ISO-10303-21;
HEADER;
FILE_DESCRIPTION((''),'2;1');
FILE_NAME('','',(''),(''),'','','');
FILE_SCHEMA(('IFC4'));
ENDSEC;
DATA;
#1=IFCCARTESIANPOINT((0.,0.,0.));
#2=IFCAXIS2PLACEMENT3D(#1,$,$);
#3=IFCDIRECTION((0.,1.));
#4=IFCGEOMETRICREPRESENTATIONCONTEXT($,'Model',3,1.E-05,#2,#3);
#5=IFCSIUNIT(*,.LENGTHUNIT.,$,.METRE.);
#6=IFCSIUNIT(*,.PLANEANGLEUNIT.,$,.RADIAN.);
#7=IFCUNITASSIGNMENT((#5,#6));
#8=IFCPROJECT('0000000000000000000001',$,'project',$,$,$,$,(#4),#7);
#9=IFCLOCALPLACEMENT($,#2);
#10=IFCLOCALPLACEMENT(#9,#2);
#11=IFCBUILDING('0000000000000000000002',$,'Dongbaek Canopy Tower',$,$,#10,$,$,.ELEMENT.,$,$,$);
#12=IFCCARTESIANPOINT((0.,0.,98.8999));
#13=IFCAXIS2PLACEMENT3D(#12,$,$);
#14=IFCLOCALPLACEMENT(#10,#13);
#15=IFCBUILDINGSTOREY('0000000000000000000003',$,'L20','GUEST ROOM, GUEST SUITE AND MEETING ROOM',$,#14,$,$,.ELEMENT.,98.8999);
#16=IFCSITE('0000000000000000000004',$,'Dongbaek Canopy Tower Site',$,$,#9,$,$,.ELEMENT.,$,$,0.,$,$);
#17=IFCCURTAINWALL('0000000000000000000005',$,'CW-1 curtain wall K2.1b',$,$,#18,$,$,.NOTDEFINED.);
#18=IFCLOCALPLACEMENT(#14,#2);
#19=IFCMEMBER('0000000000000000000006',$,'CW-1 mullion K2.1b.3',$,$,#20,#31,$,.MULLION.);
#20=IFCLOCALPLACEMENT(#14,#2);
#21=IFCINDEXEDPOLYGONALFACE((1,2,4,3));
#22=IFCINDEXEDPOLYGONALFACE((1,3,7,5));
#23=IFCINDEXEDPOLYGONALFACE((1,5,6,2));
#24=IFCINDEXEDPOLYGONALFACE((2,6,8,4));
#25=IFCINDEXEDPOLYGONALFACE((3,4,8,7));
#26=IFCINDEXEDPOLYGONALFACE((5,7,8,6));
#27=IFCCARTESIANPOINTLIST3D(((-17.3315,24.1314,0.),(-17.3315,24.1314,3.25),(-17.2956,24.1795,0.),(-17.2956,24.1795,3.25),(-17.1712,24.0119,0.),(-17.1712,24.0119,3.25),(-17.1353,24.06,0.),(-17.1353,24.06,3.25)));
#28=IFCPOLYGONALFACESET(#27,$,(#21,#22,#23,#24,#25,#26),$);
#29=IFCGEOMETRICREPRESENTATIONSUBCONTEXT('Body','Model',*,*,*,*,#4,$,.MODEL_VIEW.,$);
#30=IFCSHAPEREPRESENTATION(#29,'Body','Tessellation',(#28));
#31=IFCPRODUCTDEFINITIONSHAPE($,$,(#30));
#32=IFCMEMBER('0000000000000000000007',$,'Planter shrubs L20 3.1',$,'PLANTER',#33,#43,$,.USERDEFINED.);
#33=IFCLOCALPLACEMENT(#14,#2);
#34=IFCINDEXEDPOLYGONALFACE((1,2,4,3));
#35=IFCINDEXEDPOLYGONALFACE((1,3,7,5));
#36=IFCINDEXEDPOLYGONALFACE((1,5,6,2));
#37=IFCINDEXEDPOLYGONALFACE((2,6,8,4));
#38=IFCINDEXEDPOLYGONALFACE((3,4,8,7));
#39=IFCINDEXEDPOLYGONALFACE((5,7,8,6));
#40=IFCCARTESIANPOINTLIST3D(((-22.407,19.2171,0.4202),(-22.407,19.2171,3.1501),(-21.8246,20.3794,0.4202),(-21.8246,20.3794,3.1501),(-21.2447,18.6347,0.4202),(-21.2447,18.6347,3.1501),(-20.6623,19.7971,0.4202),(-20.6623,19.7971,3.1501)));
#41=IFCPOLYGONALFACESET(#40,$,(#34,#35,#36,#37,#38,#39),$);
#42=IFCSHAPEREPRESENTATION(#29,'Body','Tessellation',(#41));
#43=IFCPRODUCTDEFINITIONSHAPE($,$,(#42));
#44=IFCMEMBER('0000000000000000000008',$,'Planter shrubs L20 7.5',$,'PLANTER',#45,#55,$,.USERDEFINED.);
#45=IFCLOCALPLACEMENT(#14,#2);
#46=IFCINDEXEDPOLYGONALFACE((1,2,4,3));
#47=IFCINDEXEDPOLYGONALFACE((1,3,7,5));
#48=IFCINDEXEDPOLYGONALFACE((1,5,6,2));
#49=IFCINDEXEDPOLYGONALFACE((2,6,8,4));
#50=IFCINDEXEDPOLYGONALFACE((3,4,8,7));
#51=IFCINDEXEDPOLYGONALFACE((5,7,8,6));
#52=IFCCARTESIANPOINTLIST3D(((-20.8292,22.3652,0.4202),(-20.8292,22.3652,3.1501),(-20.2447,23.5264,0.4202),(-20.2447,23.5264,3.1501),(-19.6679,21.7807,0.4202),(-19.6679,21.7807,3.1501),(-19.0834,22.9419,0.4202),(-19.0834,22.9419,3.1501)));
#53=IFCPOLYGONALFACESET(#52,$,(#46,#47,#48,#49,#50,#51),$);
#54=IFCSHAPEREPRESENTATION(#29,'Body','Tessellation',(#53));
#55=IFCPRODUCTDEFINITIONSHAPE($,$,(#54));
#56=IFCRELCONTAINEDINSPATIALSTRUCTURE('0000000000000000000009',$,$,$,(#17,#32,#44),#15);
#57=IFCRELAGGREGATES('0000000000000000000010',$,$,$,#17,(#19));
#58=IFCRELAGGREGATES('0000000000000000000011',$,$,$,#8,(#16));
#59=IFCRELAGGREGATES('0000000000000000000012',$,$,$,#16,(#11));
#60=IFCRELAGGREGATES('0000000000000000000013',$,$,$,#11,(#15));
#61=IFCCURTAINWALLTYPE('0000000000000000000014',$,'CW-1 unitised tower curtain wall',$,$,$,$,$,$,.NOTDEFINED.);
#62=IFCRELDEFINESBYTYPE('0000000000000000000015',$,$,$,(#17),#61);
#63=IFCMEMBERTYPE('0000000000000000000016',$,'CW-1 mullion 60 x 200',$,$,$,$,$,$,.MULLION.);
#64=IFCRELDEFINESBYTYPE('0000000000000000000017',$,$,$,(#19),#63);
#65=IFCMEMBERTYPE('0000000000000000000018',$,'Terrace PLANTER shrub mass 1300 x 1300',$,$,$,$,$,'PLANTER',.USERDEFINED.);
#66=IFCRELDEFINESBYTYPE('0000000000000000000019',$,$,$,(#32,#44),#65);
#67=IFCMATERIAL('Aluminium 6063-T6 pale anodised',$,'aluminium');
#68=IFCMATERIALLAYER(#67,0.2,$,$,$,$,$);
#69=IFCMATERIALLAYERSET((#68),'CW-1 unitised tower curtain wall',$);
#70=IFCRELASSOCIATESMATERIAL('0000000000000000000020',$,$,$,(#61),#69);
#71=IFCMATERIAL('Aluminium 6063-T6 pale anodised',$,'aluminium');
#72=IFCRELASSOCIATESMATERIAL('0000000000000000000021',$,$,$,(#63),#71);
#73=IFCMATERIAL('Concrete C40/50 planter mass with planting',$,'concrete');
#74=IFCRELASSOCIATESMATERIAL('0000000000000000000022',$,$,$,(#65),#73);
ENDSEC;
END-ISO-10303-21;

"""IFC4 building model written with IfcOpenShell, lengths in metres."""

from ifc_helpers import new_model, si_unit, direction, frame, origin, origin_2d, place, context, subcontext, project, spatial, rectangle, extrude, material, layer, layer_set, material_profile, profile_set, type_object, element, aggregate, save


model = new_model("IFC4")

# Units and contexts
model_context = context("Model", 3, precision=1e-05, world=origin(), true_north=direction((0.0, 1.0)))
body_context = subcontext(model_context, "Body", "Model", "MODEL_VIEW")
ifc_project = project(units=[si_unit("LENGTHUNIT", "METRE"), si_unit("PLANEANGLEUNIT", "RADIAN")], contexts=[model_context])

# Site, building, storey
site_placement = place(None, origin())
site = spatial("IfcSite", under=ifc_project, at=site_placement, Name="Dongbaek Canopy Tower Site", CompositionType="ELEMENT", RefElevation=0.0)
building_placement = place(site_placement, origin())
building = spatial("IfcBuilding", under=site, at=building_placement, Name="Dongbaek Canopy Tower", CompositionType="ELEMENT")
storey_placement = place(building_placement, frame((0.0, 0.0, 98.8999)))
storey = spatial("IfcBuildingStorey", under=building, at=storey_placement, Name="L20", Description="GUEST ROOM, GUEST SUITE AND MEETING ROOM", CompositionType="ELEMENT", Elevation=98.8999)

# Curtain wall, member
ifc_material_1 = material(Name="Aluminium 6063-T6 pale anodised", Category="aluminium")
ifc_layer_1 = layer(ifc_material_1, 0.2)
ifc_layer_set_1 = layer_set([ifc_layer_1], Name="CW-1 unitised tower curtain wall")
curtain_wall_type = type_object("IfcCurtainWallType", Name="CW-1 unitised tower curtain wall", PredefinedType="NOTDEFINED", material=ifc_layer_set_1)
curtain_wall_placement = place(storey_placement, origin())
curtain_wall = element("IfcCurtainWall", 1, at=curtain_wall_placement, inside=storey, type_object=curtain_wall_type, Name="CW-1 curtain wall K2.1b", PredefinedType="NOTDEFINED")
ifc_material_2 = material(Name="Aluminium 6063-T6 pale anodised", Category="aluminium")
ifc_material_profile_1 = material_profile(ifc_material_2, rectangle(XDim=0.2, YDim=0.0601, at=origin_2d()), Name="CW-1 mullion 60 x 200")
ifc_profile_set_1 = profile_set([ifc_material_profile_1], Name="Aluminium 6063-T6 pale anodised")
member_type_1 = type_object("IfcMemberType", Name="CW-1 mullion 60 x 200", PredefinedType="MULLION", material=ifc_profile_set_1)
member_placement = place(storey_placement, frame((-17.2334, 24.0957, 0.0), z_axis=(0.0, 0.0, 1.0), x_axis=(-0.801735, 0.59768, 0.0)))
member = element("IfcMember", 2, at=member_placement, type_object=member_type_1, Name="CW-1 mullion K2.1b.3", PredefinedType="MULLION", context=body_context, shape_type="SweptSolid", body=[
    extrude(rectangle(XDim=0.2, YDim=0.0601, at=origin_2d()), origin(), (0.0, 0.0, 1.0), 3.25),
])
aggregate(curtain_wall, [member])

# Members
ifc_material_3 = material(Name="Concrete C40/50 planter mass with planting", Category="concrete")
ifc_material_profile_2 = material_profile(ifc_material_3, rectangle(XDim=1.3, YDim=1.3, at=origin_2d()), Name="Terrace PLANTER shrub mass 1300 x 1300")
ifc_profile_set_2 = profile_set([ifc_material_profile_2], Name="Concrete C40/50 planter mass with planting")
member_type_2 = type_object("IfcMemberType", Name="Terrace PLANTER shrub mass 1300 x 1300", ElementType="PLANTER", PredefinedType="USERDEFINED", material=ifc_profile_set_2)
for number, where, z_axis, x_axis, name in (
    (3, (-21.5347, 19.5071, 0.4202), (0.0, 0.0, 1.0), (-0.894056, 0.447956, 0.0), "Planter shrubs L20 3.1"),
    (4, (-19.9563, 22.6536, 0.4202), (0.0, 0.0, 1.0), (-0.893229, 0.449602, 0.0), "Planter shrubs L20 7.5"),
):
    element("IfcMember", number, at=place(storey_placement, frame(where, z_axis=z_axis, x_axis=x_axis)), inside=storey, type_object=member_type_2, Name=name, ObjectType="PLANTER", PredefinedType="USERDEFINED", context=body_context, shape_type="SweptSolid", body=[
        extrude(rectangle(XDim=1.3, YDim=1.3, at=origin_2d()), origin(), (0.0, 0.0, 1.0), 2.73),
    ])

save(model, "model.ifc")
